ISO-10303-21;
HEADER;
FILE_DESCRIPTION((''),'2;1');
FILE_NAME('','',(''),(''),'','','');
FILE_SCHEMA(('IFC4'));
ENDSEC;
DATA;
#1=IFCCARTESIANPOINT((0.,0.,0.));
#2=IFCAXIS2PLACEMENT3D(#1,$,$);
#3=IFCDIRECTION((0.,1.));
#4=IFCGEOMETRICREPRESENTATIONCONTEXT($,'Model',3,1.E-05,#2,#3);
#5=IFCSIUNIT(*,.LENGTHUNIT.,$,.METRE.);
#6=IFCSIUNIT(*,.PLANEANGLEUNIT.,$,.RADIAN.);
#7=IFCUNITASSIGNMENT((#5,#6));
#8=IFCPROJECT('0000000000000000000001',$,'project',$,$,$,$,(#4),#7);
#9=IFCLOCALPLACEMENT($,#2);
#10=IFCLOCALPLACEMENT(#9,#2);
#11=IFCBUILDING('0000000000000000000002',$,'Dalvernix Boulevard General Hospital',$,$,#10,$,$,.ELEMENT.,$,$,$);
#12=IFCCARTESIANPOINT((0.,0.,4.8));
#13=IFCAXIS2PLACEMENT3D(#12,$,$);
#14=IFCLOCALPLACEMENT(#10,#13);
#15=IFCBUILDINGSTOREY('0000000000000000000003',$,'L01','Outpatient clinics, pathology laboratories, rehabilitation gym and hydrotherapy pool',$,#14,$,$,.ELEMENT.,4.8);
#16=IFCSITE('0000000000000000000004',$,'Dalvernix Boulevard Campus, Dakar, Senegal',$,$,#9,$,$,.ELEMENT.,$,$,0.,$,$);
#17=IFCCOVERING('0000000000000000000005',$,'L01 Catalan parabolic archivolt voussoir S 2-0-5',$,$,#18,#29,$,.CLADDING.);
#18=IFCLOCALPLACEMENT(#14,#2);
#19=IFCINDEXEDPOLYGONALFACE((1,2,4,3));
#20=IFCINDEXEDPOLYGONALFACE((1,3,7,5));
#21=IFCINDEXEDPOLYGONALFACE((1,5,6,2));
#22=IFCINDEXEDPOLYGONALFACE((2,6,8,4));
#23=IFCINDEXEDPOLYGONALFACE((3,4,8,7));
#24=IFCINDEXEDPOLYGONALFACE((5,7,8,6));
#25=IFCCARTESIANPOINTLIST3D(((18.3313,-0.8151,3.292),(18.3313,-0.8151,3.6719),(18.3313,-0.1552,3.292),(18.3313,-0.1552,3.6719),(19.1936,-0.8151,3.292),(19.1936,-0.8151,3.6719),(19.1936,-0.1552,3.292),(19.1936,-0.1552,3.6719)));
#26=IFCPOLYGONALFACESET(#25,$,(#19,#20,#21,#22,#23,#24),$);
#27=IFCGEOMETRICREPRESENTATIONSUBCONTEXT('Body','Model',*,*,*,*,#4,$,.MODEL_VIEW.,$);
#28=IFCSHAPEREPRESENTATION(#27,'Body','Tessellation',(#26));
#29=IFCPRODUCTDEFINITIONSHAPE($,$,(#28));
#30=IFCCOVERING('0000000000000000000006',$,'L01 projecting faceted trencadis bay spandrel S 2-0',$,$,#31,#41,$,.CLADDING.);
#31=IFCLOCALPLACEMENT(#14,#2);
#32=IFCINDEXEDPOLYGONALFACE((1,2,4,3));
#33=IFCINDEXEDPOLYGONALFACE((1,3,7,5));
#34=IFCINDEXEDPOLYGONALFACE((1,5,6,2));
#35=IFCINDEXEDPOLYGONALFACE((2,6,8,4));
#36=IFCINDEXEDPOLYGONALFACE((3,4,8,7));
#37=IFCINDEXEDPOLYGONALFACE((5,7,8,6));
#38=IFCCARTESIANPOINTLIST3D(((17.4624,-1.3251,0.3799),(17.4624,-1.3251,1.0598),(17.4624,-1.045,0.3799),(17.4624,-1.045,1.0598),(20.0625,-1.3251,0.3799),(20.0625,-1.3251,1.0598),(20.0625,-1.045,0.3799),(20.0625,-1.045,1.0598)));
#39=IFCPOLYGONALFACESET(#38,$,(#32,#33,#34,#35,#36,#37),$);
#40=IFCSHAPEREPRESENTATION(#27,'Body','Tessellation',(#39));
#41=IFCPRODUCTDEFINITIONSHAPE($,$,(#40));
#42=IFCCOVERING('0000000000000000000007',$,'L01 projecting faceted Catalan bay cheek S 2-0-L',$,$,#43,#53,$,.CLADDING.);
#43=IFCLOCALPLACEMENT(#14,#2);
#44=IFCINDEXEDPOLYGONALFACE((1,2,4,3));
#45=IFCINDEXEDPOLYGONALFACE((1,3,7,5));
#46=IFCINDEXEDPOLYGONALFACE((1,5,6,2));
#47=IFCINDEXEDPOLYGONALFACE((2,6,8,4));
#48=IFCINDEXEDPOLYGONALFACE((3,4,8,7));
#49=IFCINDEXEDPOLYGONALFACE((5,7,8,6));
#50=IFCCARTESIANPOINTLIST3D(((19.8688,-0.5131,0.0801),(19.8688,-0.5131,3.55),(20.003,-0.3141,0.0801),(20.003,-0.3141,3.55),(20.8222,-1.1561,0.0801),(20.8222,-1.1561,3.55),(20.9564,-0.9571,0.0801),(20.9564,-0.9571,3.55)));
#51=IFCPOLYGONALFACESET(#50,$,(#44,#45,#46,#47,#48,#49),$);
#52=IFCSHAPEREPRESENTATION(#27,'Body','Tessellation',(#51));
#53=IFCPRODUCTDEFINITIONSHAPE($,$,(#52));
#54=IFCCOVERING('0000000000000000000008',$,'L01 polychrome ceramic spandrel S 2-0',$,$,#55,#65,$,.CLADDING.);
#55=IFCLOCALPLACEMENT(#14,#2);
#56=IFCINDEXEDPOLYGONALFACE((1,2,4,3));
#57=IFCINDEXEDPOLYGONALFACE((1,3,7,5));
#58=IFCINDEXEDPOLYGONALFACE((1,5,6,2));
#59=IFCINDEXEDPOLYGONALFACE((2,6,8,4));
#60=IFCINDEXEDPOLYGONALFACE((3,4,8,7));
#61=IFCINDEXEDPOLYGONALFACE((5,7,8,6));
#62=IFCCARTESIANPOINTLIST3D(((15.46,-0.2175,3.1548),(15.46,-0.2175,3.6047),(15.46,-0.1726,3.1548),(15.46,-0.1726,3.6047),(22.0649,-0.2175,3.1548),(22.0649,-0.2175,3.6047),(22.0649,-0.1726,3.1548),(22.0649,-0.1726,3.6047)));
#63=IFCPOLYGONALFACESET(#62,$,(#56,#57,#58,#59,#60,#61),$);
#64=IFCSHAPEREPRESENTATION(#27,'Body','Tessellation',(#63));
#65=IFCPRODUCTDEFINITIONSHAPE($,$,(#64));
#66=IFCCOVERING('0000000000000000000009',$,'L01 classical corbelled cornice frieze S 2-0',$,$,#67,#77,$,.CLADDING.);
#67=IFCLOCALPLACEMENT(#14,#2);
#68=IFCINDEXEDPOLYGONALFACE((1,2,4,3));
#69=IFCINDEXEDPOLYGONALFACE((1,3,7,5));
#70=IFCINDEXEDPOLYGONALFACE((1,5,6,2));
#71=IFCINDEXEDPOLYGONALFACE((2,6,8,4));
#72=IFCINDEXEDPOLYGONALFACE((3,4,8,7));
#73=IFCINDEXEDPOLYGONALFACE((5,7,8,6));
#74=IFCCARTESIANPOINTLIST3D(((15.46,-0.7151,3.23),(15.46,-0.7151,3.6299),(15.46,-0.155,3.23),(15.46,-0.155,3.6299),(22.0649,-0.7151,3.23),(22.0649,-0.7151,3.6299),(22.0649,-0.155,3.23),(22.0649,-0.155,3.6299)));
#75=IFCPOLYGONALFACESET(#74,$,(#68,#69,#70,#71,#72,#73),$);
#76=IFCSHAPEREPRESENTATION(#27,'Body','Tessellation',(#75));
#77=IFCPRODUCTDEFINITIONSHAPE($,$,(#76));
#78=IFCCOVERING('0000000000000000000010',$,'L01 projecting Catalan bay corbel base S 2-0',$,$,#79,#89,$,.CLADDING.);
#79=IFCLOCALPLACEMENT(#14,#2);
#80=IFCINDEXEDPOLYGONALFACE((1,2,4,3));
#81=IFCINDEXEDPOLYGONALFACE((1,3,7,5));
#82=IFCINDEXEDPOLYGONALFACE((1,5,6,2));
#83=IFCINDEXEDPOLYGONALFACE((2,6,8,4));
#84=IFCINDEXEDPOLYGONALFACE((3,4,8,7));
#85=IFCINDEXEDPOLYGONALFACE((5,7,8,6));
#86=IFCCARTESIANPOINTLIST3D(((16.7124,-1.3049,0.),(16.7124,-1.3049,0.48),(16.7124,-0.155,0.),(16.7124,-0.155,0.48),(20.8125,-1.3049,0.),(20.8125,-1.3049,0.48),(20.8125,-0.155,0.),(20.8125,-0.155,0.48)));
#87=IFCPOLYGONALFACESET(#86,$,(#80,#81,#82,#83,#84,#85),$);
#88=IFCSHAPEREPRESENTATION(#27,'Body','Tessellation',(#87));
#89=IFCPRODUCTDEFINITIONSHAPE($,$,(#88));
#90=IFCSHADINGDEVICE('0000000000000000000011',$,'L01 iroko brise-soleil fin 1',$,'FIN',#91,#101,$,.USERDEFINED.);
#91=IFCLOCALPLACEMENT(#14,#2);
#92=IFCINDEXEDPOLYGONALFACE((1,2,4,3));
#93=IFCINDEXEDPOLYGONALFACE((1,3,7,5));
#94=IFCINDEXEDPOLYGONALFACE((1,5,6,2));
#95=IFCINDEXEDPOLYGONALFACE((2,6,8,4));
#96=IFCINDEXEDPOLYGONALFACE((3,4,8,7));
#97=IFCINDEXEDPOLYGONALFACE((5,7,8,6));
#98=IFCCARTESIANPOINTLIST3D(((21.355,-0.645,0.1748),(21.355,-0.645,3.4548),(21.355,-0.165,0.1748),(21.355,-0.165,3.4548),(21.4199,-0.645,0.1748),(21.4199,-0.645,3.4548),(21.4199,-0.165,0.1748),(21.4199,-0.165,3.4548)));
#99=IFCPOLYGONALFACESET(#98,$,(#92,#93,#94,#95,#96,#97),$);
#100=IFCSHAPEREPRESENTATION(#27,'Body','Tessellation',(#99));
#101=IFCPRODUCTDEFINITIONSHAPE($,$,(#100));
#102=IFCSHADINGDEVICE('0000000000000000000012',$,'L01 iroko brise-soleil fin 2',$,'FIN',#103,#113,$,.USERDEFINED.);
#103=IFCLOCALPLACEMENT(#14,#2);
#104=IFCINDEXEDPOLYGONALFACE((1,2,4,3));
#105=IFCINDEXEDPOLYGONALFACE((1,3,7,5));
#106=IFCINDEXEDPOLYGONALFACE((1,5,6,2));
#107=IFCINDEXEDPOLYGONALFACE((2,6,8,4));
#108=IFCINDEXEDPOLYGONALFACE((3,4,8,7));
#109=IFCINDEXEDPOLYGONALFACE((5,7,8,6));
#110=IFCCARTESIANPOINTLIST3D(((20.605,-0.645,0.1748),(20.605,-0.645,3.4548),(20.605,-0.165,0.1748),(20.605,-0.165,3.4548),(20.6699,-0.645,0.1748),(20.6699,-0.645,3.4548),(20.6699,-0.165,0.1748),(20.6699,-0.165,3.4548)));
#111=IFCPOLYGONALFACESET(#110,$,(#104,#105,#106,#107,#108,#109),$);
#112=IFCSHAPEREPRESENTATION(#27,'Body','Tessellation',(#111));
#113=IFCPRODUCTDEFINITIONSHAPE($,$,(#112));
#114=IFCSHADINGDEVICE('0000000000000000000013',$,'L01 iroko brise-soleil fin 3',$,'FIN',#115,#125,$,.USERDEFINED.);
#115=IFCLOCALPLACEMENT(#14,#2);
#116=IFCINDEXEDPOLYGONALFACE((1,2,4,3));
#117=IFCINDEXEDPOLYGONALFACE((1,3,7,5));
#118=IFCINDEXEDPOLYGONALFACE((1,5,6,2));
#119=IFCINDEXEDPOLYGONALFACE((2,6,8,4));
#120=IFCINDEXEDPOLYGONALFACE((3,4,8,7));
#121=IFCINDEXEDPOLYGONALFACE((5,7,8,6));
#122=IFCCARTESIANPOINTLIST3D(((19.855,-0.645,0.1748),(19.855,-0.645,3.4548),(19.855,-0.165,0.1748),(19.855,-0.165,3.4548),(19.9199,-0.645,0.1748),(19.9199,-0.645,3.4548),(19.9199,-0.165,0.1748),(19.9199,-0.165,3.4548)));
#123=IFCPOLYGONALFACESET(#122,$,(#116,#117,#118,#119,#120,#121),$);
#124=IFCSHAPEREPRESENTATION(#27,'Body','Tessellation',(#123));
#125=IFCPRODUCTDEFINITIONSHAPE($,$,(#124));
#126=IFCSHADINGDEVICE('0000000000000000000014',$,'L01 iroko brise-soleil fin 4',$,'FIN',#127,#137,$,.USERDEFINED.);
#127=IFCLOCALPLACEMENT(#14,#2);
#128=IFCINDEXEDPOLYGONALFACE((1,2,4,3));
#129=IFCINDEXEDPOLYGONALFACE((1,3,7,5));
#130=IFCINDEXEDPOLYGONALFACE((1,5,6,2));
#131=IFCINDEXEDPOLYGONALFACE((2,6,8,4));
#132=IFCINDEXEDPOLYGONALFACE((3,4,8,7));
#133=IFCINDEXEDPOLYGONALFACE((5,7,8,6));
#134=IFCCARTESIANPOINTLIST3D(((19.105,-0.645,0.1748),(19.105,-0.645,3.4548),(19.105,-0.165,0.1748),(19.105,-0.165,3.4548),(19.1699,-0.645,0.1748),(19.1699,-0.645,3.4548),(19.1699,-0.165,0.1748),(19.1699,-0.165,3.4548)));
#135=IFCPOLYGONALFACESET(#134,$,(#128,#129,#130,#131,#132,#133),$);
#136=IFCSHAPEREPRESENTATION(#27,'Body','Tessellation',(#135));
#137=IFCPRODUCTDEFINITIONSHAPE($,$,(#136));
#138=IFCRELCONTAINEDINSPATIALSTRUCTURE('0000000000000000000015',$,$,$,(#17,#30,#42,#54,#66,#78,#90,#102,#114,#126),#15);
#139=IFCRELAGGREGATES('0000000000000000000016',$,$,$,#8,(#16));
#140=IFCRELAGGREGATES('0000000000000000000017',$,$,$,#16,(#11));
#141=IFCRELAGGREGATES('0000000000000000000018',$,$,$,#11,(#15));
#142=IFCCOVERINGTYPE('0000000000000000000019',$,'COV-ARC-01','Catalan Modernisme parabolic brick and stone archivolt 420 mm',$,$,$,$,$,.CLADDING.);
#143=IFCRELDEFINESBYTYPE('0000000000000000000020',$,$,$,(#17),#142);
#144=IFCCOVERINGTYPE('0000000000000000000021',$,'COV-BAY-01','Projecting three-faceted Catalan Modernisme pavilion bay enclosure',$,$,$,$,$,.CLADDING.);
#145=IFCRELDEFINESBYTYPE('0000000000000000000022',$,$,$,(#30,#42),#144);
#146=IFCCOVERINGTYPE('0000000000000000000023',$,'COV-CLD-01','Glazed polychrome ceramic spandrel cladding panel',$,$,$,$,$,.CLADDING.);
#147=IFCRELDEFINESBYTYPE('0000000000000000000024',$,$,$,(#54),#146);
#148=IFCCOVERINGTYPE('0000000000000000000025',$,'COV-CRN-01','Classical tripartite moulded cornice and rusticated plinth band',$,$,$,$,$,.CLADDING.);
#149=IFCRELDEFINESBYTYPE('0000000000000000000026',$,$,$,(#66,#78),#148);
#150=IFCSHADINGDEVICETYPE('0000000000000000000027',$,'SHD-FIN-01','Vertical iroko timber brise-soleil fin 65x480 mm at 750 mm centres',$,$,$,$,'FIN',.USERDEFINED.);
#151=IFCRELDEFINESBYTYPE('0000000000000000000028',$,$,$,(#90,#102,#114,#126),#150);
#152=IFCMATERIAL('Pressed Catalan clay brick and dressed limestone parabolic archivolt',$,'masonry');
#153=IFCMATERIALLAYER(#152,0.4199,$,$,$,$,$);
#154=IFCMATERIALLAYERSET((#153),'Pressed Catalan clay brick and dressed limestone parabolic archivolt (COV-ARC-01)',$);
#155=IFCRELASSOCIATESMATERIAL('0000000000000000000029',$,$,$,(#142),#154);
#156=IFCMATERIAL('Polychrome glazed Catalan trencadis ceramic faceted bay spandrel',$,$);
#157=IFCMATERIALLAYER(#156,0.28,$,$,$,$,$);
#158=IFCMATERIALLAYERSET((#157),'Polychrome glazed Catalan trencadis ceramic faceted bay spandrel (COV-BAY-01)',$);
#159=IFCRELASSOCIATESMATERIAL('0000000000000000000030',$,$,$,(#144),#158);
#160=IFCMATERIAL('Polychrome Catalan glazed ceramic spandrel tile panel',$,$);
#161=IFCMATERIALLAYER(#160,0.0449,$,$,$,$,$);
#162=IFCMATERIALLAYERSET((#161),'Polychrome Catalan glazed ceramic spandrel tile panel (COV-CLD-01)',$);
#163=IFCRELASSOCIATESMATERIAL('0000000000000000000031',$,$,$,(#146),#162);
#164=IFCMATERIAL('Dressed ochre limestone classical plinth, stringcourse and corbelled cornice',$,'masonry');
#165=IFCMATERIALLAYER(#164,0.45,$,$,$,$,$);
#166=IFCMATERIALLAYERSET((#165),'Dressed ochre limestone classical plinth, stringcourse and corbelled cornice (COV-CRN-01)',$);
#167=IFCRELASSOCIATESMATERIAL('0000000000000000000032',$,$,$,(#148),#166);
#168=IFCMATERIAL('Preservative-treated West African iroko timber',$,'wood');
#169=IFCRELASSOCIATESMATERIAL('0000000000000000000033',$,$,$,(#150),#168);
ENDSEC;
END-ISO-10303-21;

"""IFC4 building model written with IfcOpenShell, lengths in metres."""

from ifc_helpers import new_model, si_unit, direction, frame, origin, origin_2d, place, context, subcontext, project, spatial, rectangle, extrude, material, layer, layer_set, type_object, element, save


model = new_model("IFC4")

# Units and contexts
model_context = context("Model", 3, precision=1e-05, world=origin(), true_north=direction((0.0, 1.0)))
body_context = subcontext(model_context, "Body", "Model", "MODEL_VIEW")
ifc_project = project(units=[si_unit("LENGTHUNIT", "METRE"), si_unit("PLANEANGLEUNIT", "RADIAN")], contexts=[model_context])

# Site, building, storey
site_placement = place(None, origin())
site = spatial("IfcSite", under=ifc_project, at=site_placement, Name="Dalvernix Boulevard Campus, Dakar, Senegal", CompositionType="ELEMENT", RefElevation=0.0)
building_placement = place(site_placement, origin())
building = spatial("IfcBuilding", under=site, at=building_placement, Name="Dalvernix Boulevard General Hospital", CompositionType="ELEMENT")
storey_placement = place(building_placement, frame((0.0, 0.0, 4.8)))
storey = spatial("IfcBuildingStorey", under=building, at=storey_placement, Name="L01", Description="Outpatient clinics, pathology laboratories, rehabilitation gym and hydrotherapy pool", CompositionType="ELEMENT", Elevation=4.8)

# Coverings
ifc_material_1 = material(Name="Pressed Catalan clay brick and dressed limestone parabolic archivolt", Category="masonry")
ifc_layer_1 = layer(ifc_material_1, 0.4199)
ifc_layer_set_1 = layer_set([ifc_layer_1], Name="Pressed Catalan clay brick and dressed limestone parabolic archivolt (COV-ARC-01)")
covering_type_1 = type_object("IfcCoveringType", Name="COV-ARC-01", Description="Catalan Modernisme parabolic brick and stone archivolt 420 mm", PredefinedType="CLADDING", material=ifc_layer_set_1)
covering_1_placement = place(storey_placement, frame((18.7625, -0.4851, 3.292), z_axis=(0.0, 0.0, 1.0), x_axis=(-1.0, 0.0, 0.0)))
element("IfcCovering", 1, at=covering_1_placement, inside=storey, type_object=covering_type_1, Name="L01 Catalan parabolic archivolt voussoir S 2-0-5", PredefinedType="CLADDING", context=body_context, shape_type="SweptSolid", body=[
    extrude(rectangle(XDim=0.8623, YDim=0.6599, at=origin_2d()), origin(), (0.0, 0.0, 1.0), 0.3799),
])
ifc_material_2 = material(Name="Polychrome glazed Catalan trencadis ceramic faceted bay spandrel")
ifc_layer_2 = layer(ifc_material_2, 0.28)
ifc_layer_set_2 = layer_set([ifc_layer_2], Name="Polychrome glazed Catalan trencadis ceramic faceted bay spandrel (COV-BAY-01)")
covering_type_2 = type_object("IfcCoveringType", Name="COV-BAY-01", Description="Projecting three-faceted Catalan Modernisme pavilion bay enclosure", PredefinedType="CLADDING", material=ifc_layer_set_2)
covering_2_placement = place(storey_placement, frame((18.7625, -1.1851, 0.3799), z_axis=(0.0, 0.0, 1.0), x_axis=(-1.0, 0.0, 0.0)))
element("IfcCovering", 2, at=covering_2_placement, inside=storey, type_object=covering_type_2, Name="L01 projecting faceted trencadis bay spandrel S 2-0", PredefinedType="CLADDING", context=body_context, shape_type="SweptSolid", body=[
    extrude(rectangle(XDim=2.6001, YDim=0.28, at=origin_2d()), origin(), (0.0, 0.0, 1.0), 0.6799),
])
covering_3_placement = place(storey_placement, frame((20.4126, -0.7351, 0.0801), z_axis=(0.0, 0.0, 1.0), x_axis=(-0.829038, 0.559193, 0.0)))
element("IfcCovering", 3, at=covering_3_placement, inside=storey, type_object=covering_type_2, Name="L01 projecting faceted Catalan bay cheek S 2-0-L", PredefinedType="CLADDING", context=body_context, shape_type="SweptSolid", body=[
    extrude(rectangle(XDim=1.1499, YDim=0.24, at=origin_2d()), origin(), (0.0, 0.0, 1.0), 3.47),
])
ifc_material_3 = material(Name="Polychrome Catalan glazed ceramic spandrel tile panel")
ifc_layer_3 = layer(ifc_material_3, 0.0449)
ifc_layer_set_3 = layer_set([ifc_layer_3], Name="Polychrome Catalan glazed ceramic spandrel tile panel (COV-CLD-01)")
covering_type_3 = type_object("IfcCoveringType", Name="COV-CLD-01", Description="Glazed polychrome ceramic spandrel cladding panel", PredefinedType="CLADDING", material=ifc_layer_set_3)
covering_4_placement = place(storey_placement, frame((18.7625, -0.1951, 3.1548), z_axis=(0.0, 0.0, 1.0), x_axis=(-1.0, 0.0, 0.0)))
element("IfcCovering", 4, at=covering_4_placement, inside=storey, type_object=covering_type_3, Name="L01 polychrome ceramic spandrel S 2-0", PredefinedType="CLADDING", context=body_context, shape_type="SweptSolid", body=[
    extrude(rectangle(XDim=6.605, YDim=0.0449, at=origin_2d()), origin(), (0.0, 0.0, 1.0), 0.45),
])
ifc_material_4 = material(Name="Dressed ochre limestone classical plinth, stringcourse and corbelled cornice", Category="masonry")
ifc_layer_4 = layer(ifc_material_4, 0.45)
ifc_layer_set_4 = layer_set([ifc_layer_4], Name="Dressed ochre limestone classical plinth, stringcourse and corbelled cornice (COV-CRN-01)")
covering_type_4 = type_object("IfcCoveringType", Name="COV-CRN-01", Description="Classical tripartite moulded cornice and rusticated plinth band", PredefinedType="CLADDING", material=ifc_layer_set_4)
covering_5_placement = place(storey_placement, frame((18.7625, -0.4351, 3.23), z_axis=(0.0, 0.0, 1.0), x_axis=(-1.0, 0.0, 0.0)))
element("IfcCovering", 5, at=covering_5_placement, inside=storey, type_object=covering_type_4, Name="L01 classical corbelled cornice frieze S 2-0", PredefinedType="CLADDING", context=body_context, shape_type="SweptSolid", body=[
    extrude(rectangle(XDim=6.605, YDim=0.5601, at=origin_2d()), origin(), (0.0, 0.0, 1.0), 0.3999),
])
covering_6_placement = place(storey_placement, frame((18.7625, -0.73, 0.0), z_axis=(0.0, 0.0, 1.0), x_axis=(-1.0, 0.0, 0.0)))
element("IfcCovering", 6, at=covering_6_placement, inside=storey, type_object=covering_type_4, Name="L01 projecting Catalan bay corbel base S 2-0", PredefinedType="CLADDING", context=body_context, shape_type="SweptSolid", body=[
    extrude(rectangle(XDim=4.1001, YDim=1.1499, at=origin_2d()), origin(), (0.0, 0.0, 1.0), 0.48),
])

# Shading devices
ifc_material_5 = material(Name="Preservative-treated West African iroko timber", Category="wood")
shading_device_type = type_object("IfcShadingDeviceType", Name="SHD-FIN-01", Description="Vertical iroko timber brise-soleil fin 65x480 mm at 750 mm centres", ElementType="FIN", PredefinedType="USERDEFINED", material=ifc_material_5)
for number, where, z_axis, x_axis, name in (
    (7, (21.3875, -0.405, 0.1748), (0.0, 0.0, 1.0), (-1.0, 0.0, 0.0), "L01 iroko brise-soleil fin 1"),
    (8, (20.6375, -0.405, 0.1748), (0.0, 0.0, 1.0), (-1.0, 0.0, 0.0), "L01 iroko brise-soleil fin 2"),
    (9, (19.8875, -0.405, 0.1748), (0.0, 0.0, 1.0), (-1.0, 0.0, 0.0), "L01 iroko brise-soleil fin 3"),
    (10, (19.1375, -0.405, 0.1748), (0.0, 0.0, 1.0), (-1.0, 0.0, 0.0), "L01 iroko brise-soleil fin 4"),
):
    element("IfcShadingDevice", number, at=place(storey_placement, frame(where, z_axis=z_axis, x_axis=x_axis)), inside=storey, type_object=shading_device_type, Name=name, ObjectType="FIN", PredefinedType="USERDEFINED", context=body_context, shape_type="SweptSolid", body=[
        extrude(rectangle(XDim=0.0649, YDim=0.48, at=origin_2d()), origin(), (0.0, 0.0, 1.0), 3.28),
    ])

save(model, "model.ifc")
